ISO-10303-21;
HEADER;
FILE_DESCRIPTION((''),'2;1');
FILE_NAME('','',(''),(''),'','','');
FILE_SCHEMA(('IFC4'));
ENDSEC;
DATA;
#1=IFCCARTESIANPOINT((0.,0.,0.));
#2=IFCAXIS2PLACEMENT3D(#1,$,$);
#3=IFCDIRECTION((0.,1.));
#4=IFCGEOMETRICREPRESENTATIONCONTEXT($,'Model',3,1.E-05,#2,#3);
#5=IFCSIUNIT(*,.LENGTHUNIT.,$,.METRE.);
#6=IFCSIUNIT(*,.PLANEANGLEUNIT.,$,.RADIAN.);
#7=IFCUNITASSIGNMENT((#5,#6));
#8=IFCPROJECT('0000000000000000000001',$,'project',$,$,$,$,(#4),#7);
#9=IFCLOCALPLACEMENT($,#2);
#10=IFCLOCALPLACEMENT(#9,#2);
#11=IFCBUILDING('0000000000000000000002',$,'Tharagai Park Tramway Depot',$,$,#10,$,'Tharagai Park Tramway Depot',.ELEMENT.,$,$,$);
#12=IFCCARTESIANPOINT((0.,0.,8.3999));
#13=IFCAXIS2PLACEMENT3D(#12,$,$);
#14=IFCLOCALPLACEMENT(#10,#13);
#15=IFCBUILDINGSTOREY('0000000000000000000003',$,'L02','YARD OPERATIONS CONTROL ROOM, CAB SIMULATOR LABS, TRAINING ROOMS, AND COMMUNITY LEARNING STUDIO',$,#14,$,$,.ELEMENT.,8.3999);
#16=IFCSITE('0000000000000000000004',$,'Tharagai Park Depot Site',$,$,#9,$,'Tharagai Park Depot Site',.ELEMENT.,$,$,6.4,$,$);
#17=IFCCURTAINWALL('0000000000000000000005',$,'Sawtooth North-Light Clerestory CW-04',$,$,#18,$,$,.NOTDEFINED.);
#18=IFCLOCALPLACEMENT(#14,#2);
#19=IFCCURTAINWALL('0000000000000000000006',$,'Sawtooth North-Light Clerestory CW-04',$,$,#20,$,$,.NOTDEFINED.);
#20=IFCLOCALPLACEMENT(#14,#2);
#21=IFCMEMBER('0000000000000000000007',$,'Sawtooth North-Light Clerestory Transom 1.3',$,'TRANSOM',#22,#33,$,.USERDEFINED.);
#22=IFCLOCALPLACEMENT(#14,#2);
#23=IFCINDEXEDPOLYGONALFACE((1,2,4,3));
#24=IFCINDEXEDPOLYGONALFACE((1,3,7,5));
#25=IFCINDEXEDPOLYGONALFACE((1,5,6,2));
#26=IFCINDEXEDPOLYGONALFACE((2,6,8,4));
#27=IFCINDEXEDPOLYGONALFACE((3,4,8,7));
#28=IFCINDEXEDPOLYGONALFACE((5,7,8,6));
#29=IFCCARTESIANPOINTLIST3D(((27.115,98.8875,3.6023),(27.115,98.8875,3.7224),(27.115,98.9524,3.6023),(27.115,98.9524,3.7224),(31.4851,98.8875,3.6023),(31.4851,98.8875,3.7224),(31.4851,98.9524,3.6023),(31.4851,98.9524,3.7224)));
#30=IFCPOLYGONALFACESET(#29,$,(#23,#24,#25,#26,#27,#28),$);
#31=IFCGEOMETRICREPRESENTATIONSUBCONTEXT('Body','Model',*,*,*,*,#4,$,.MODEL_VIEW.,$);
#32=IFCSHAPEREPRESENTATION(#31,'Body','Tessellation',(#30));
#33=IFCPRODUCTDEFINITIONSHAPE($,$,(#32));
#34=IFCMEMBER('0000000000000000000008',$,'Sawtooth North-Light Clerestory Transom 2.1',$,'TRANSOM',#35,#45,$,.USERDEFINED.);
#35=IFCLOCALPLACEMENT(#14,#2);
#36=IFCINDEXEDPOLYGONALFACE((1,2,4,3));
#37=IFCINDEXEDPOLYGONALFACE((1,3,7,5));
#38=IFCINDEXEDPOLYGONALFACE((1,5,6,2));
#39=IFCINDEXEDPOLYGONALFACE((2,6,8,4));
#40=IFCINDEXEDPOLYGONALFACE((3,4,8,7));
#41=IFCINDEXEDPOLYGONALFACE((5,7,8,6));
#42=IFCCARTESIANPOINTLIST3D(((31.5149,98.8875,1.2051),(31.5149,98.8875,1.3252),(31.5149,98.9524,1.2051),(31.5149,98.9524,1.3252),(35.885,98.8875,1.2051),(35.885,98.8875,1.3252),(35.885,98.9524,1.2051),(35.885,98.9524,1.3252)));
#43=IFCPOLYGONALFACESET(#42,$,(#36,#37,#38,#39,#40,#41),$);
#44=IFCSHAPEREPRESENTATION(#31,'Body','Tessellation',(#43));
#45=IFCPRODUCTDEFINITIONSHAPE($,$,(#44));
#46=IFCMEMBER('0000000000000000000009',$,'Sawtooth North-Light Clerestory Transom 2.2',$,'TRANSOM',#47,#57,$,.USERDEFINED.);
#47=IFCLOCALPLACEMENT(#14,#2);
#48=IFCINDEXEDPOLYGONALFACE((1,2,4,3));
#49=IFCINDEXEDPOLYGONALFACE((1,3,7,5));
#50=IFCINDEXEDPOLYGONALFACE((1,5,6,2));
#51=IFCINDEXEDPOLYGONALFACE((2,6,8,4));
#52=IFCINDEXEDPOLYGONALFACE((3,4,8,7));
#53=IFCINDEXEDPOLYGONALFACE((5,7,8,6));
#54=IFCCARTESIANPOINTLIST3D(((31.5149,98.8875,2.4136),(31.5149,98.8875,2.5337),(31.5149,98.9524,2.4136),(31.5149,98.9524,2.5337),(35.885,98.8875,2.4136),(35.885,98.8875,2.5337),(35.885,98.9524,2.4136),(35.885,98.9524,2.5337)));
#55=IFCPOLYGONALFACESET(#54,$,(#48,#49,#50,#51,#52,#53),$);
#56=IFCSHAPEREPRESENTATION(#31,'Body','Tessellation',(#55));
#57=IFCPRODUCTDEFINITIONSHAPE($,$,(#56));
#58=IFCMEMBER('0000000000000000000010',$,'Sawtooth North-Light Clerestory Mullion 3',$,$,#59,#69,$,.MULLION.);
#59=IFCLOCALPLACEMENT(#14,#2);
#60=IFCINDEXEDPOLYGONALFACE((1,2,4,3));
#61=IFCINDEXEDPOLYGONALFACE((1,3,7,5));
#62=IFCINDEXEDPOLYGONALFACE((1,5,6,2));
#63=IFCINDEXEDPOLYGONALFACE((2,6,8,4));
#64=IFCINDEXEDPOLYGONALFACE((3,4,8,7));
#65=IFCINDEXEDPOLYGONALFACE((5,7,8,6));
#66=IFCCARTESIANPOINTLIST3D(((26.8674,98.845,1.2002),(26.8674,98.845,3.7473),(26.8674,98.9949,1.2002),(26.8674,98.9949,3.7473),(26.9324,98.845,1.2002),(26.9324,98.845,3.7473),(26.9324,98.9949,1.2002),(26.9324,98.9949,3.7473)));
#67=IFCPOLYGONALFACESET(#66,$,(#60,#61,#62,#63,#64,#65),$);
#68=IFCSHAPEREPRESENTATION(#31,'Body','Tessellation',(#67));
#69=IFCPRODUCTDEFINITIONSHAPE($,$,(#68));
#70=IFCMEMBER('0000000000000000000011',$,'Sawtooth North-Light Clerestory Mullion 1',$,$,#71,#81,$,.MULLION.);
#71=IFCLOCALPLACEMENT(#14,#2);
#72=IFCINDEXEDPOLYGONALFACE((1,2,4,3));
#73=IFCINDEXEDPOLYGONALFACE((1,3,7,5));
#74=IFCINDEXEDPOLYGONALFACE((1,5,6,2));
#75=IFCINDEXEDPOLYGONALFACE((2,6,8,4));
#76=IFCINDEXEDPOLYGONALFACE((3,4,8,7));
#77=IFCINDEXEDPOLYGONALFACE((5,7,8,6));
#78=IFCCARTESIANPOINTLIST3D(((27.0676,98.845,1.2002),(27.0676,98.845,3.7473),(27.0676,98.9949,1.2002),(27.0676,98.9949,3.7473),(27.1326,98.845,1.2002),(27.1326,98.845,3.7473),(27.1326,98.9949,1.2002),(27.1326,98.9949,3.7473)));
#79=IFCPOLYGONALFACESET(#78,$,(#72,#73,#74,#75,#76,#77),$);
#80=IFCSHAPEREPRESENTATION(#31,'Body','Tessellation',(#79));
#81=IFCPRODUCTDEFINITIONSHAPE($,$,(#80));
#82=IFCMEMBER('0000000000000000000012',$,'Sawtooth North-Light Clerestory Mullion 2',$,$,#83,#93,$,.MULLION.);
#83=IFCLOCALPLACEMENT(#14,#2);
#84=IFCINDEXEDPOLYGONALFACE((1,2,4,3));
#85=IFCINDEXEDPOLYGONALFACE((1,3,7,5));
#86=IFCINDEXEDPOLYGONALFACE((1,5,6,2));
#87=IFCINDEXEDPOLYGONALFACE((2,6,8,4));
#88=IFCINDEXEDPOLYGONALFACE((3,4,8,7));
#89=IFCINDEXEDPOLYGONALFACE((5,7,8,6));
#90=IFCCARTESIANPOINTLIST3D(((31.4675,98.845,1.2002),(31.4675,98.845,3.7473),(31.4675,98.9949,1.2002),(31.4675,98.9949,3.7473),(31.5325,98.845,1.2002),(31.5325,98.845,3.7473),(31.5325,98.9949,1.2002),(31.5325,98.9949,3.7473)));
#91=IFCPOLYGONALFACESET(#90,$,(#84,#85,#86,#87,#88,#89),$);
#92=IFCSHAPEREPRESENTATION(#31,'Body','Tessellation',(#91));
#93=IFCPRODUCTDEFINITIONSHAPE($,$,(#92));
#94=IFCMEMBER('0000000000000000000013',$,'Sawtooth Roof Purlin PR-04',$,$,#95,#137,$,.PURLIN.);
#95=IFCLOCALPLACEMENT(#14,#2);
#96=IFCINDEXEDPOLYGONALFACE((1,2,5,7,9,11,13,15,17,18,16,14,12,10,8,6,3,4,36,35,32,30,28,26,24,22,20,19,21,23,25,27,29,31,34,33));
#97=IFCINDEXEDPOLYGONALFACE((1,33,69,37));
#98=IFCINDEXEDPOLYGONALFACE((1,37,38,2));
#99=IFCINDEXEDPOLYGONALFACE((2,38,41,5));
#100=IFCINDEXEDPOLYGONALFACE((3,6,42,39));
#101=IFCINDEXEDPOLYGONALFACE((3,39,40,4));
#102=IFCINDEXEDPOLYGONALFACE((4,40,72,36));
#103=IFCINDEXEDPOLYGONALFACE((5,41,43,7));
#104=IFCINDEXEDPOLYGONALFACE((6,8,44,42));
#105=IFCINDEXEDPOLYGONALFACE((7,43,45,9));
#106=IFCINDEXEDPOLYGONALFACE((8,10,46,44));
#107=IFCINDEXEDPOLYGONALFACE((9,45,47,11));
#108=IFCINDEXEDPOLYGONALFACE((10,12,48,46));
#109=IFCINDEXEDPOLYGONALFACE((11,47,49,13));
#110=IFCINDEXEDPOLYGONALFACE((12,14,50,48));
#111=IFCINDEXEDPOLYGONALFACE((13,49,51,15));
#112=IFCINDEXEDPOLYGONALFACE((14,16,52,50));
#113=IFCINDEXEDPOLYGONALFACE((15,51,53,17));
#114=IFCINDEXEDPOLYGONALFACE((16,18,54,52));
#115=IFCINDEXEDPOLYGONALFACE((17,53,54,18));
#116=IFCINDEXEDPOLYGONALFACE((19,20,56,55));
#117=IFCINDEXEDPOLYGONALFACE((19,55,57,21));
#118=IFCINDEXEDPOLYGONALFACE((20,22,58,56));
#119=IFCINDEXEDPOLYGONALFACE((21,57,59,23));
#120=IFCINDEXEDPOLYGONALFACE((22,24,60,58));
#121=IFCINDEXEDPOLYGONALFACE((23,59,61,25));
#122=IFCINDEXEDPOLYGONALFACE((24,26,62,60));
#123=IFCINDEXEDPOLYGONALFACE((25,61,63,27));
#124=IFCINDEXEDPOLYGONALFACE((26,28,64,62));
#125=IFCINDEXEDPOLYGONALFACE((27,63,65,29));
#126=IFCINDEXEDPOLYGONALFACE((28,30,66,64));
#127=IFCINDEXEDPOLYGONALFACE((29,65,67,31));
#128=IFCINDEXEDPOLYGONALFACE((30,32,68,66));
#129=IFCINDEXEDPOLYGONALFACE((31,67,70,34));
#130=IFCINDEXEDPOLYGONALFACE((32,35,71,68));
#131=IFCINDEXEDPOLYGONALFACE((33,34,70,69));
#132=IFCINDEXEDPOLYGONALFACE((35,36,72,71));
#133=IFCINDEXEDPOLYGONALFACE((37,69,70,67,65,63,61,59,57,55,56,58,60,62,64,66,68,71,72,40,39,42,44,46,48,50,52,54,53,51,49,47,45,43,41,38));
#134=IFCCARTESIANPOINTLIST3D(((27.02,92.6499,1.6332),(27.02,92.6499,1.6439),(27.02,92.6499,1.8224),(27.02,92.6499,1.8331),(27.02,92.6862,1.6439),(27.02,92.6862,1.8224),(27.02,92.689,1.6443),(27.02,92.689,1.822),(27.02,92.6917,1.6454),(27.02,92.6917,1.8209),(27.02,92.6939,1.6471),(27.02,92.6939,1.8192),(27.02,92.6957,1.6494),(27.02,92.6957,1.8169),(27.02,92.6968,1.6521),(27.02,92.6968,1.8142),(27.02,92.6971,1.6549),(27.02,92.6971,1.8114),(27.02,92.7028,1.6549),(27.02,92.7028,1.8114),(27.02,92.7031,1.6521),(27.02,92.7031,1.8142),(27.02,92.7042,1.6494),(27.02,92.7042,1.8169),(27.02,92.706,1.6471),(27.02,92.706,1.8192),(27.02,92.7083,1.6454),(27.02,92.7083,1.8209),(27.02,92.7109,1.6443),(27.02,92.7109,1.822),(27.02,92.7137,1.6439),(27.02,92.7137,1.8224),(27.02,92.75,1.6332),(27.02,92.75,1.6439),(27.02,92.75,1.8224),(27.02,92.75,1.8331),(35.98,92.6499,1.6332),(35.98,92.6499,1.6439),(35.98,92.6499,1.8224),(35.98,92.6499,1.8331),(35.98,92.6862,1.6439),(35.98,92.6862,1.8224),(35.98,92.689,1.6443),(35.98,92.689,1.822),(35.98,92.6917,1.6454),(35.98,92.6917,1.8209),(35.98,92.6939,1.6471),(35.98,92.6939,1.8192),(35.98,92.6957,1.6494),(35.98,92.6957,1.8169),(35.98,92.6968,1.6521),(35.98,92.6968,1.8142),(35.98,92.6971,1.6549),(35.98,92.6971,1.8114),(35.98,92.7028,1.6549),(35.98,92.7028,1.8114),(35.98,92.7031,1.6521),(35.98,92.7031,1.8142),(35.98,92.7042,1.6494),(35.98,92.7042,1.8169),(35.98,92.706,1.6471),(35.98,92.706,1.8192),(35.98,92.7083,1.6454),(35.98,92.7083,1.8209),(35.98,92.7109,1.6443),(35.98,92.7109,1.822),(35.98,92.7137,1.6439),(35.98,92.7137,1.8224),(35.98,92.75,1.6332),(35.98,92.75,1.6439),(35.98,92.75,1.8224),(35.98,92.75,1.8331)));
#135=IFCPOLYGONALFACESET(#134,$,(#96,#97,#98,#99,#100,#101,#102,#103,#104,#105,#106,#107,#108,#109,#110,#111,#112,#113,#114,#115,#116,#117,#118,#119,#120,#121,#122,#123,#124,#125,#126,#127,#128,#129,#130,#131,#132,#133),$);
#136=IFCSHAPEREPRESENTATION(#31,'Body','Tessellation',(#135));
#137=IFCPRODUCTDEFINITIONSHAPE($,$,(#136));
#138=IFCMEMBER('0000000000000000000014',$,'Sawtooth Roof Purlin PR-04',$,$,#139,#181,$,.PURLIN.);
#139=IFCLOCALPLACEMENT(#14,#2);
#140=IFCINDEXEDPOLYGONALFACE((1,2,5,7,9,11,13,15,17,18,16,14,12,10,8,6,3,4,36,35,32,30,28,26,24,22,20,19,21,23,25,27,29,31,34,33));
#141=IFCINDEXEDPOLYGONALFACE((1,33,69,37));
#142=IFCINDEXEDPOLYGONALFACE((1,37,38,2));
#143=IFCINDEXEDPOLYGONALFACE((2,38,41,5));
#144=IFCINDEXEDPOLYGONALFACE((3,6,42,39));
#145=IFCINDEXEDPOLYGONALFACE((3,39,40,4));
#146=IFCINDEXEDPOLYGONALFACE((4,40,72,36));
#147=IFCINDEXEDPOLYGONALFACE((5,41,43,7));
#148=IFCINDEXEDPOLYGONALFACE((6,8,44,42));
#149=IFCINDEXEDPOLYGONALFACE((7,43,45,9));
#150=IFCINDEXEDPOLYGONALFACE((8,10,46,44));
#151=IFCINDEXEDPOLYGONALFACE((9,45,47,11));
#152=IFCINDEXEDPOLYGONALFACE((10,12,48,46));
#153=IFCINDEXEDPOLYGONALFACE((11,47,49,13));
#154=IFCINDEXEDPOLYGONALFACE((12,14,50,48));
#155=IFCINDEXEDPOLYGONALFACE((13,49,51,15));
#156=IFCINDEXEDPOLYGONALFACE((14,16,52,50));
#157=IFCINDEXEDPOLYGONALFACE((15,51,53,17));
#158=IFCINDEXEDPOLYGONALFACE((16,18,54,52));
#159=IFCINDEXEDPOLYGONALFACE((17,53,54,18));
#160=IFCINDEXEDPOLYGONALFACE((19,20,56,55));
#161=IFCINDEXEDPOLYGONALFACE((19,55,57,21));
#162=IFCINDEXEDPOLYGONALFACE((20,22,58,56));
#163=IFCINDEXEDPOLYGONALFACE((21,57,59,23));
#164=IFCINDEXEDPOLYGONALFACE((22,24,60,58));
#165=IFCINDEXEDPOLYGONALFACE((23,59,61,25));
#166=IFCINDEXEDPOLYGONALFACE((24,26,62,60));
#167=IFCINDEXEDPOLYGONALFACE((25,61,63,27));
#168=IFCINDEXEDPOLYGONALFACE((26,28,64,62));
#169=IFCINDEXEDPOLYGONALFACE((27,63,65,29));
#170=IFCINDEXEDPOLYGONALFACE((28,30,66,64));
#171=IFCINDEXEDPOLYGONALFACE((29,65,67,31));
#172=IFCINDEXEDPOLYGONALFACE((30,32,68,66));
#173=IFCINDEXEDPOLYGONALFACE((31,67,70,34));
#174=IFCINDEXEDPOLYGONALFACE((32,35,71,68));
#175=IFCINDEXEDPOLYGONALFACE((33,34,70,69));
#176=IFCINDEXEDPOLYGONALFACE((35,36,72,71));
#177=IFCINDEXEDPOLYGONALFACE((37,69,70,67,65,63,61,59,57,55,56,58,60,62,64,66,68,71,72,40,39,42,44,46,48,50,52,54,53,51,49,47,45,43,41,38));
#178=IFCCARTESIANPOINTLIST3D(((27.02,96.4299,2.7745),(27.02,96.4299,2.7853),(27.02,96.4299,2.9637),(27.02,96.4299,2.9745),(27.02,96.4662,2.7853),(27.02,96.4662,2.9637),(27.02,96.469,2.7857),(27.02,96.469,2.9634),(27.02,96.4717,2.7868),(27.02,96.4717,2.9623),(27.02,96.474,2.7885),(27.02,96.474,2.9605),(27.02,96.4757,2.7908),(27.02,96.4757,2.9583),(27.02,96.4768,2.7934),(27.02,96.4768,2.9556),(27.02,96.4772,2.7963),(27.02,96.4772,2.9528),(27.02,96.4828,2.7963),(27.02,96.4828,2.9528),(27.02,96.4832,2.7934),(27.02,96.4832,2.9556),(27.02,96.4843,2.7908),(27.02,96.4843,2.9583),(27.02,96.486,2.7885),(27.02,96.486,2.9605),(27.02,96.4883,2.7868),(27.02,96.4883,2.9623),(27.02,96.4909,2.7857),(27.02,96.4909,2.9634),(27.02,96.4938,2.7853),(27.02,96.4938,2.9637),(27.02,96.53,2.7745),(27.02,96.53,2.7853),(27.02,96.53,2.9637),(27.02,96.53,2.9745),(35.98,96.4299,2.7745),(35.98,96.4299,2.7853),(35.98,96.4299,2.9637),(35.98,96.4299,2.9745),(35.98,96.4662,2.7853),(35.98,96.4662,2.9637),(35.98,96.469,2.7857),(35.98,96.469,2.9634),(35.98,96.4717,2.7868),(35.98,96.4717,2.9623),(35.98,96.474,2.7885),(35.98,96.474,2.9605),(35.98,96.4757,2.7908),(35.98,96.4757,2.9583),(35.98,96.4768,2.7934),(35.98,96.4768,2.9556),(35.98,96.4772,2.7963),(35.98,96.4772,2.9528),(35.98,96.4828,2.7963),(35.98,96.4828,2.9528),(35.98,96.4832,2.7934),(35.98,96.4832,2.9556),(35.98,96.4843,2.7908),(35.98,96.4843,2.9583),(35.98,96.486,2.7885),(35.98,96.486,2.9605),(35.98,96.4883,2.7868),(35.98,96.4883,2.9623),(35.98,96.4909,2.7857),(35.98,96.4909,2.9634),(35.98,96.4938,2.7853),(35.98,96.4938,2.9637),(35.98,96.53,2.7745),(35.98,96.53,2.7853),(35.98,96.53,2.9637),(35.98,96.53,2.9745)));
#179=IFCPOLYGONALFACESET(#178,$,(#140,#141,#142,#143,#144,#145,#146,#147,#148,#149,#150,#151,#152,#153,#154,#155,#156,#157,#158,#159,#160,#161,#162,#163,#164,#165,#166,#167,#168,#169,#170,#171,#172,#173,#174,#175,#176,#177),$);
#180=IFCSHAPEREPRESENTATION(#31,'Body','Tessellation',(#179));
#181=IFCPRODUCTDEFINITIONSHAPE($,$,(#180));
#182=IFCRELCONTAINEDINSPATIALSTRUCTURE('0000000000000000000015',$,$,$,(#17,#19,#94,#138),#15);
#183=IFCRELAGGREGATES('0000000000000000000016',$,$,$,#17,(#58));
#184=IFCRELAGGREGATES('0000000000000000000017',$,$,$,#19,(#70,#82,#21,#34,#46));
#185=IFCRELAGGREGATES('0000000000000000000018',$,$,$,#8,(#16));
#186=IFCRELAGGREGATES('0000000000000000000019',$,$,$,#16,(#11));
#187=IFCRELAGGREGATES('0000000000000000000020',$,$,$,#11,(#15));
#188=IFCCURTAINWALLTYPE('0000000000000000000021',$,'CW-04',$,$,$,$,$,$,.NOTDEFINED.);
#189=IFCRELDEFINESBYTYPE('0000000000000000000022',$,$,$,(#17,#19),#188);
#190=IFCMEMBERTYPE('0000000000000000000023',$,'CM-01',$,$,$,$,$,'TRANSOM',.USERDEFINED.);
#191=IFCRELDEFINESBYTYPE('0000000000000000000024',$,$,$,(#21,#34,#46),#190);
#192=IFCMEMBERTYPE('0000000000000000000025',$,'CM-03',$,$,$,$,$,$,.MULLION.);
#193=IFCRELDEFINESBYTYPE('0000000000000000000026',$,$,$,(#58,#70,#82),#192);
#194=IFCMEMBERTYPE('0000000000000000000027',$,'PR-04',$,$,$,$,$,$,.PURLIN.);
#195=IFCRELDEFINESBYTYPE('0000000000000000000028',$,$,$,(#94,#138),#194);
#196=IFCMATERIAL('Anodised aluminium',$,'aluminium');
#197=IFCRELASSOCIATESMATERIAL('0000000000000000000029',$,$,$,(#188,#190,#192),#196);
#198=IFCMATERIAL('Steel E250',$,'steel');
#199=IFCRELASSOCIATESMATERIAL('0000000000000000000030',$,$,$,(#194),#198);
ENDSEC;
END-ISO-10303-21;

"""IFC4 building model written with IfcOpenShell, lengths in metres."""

from ifc_helpers import new_model, si_unit, direction, frame, origin, origin_2d, place, context, subcontext, project, spatial, rectangle, i_section, extrude, material, material_profile, profile_set, type_object, element, aggregate, save


model = new_model("IFC4")

# Units and contexts
model_context = context("Model", 3, precision=1e-05, world=origin(), true_north=direction((0.0, 1.0)))
body_context = subcontext(model_context, "Body", "Model", "MODEL_VIEW")
ifc_project = project(units=[si_unit("LENGTHUNIT", "METRE"), si_unit("PLANEANGLEUNIT", "RADIAN")], contexts=[model_context])

# Site, building, storey
site_placement = place(None, origin())
site = spatial("IfcSite", under=ifc_project, at=site_placement, Name="Tharagai Park Depot Site", LongName="Tharagai Park Depot Site", CompositionType="ELEMENT", RefElevation=6.4)
building_placement = place(site_placement, origin())
building = spatial("IfcBuilding", under=site, at=building_placement, Name="Tharagai Park Tramway Depot", LongName="Tharagai Park Tramway Depot", CompositionType="ELEMENT")
storey_placement = place(building_placement, frame((0.0, 0.0, 8.3999)))
storey = spatial("IfcBuildingStorey", under=building, at=storey_placement, Name="L02", Description="YARD OPERATIONS CONTROL ROOM, CAB SIMULATOR LABS, TRAINING ROOMS, AND COMMUNITY LEARNING STUDIO", CompositionType="ELEMENT", Elevation=8.3999)

# Curtain wall
ifc_material_1 = material(Name="Anodised aluminium", Category="aluminium")
curtain_wall_type = type_object("IfcCurtainWallType", Name="CW-04", PredefinedType="NOTDEFINED", material=ifc_material_1)
curtain_wall_1_placement = place(storey_placement, origin())
curtain_wall_1 = element("IfcCurtainWall", 1, at=curtain_wall_1_placement, inside=storey, type_object=curtain_wall_type, Name="Sawtooth North-Light Clerestory CW-04", PredefinedType="NOTDEFINED")
ifc_material_profile_1 = material_profile(ifc_material_1, rectangle(XDim=0.0649, YDim=0.1201, at=origin_2d()), Name="ALU 65x120")
ifc_profile_set_1 = profile_set([ifc_material_profile_1], Name="Anodised aluminium")
member_type_1 = type_object("IfcMemberType", Name="CM-01", ElementType="TRANSOM", PredefinedType="USERDEFINED", material=ifc_profile_set_1)

# Curtain wall, members
curtain_wall_2_placement = place(storey_placement, origin())
curtain_wall_2 = element("IfcCurtainWall", 2, at=curtain_wall_2_placement, inside=storey, type_object=curtain_wall_type, Name="Sawtooth North-Light Clerestory CW-04", PredefinedType="NOTDEFINED")
member_1_placement = place(storey_placement, frame((27.115, 98.9199, 3.6624), z_axis=(1.0, 0.0, 0.0), x_axis=(0.0, 1.0, 0.0)))
member_1 = element("IfcMember", 3, at=member_1_placement, type_object=member_type_1, Name="Sawtooth North-Light Clerestory Transom 1.3", ObjectType="TRANSOM", PredefinedType="USERDEFINED", context=body_context, shape_type="SweptSolid", body=[
    extrude(rectangle(XDim=0.0649, YDim=0.1201, at=origin_2d()), origin(), (0.0, 0.0, 1.0), 4.3701),
])
member_2_placement = place(storey_placement, frame((31.5149, 98.9199, 1.2651), z_axis=(1.0, 0.0, 0.0), x_axis=(0.0, 1.0, 0.0)))
member_2 = element("IfcMember", 4, at=member_2_placement, type_object=member_type_1, Name="Sawtooth North-Light Clerestory Transom 2.1", ObjectType="TRANSOM", PredefinedType="USERDEFINED", context=body_context, shape_type="SweptSolid", body=[
    extrude(rectangle(XDim=0.0649, YDim=0.1201, at=origin_2d()), origin(), (0.0, 0.0, 1.0), 4.3701),
])
member_3_placement = place(storey_placement, frame((31.5149, 98.9199, 2.4736), z_axis=(1.0, 0.0, 0.0), x_axis=(0.0, 1.0, 0.0)))
member_3 = element("IfcMember", 5, at=member_3_placement, type_object=member_type_1, Name="Sawtooth North-Light Clerestory Transom 2.2", ObjectType="TRANSOM", PredefinedType="USERDEFINED", context=body_context, shape_type="SweptSolid", body=[
    extrude(rectangle(XDim=0.0649, YDim=0.1201, at=origin_2d()), origin(), (0.0, 0.0, 1.0), 4.3701),
])

# Members
ifc_material_profile_2 = material_profile(ifc_material_1, rectangle(XDim=0.0649, YDim=0.1499, at=origin_2d()), Name="ALU 65x150")
ifc_profile_set_2 = profile_set([ifc_material_profile_2], Name="Anodised aluminium")
member_type_2 = type_object("IfcMemberType", Name="CM-03", PredefinedType="MULLION", material=ifc_profile_set_2)
member_4_placement = place(storey_placement, frame((26.8999, 98.9199, 1.2002), z_axis=(0.0, 0.0, 1.0), x_axis=(1.0, 0.0, 0.0)))
member_4 = element("IfcMember", 6, at=member_4_placement, type_object=member_type_2, Name="Sawtooth North-Light Clerestory Mullion 3", PredefinedType="MULLION", context=body_context, shape_type="SweptSolid", body=[
    extrude(rectangle(XDim=0.0649, YDim=0.1499, at=origin_2d()), origin(), (0.0, 0.0, 1.0), 2.5471),
])
member_5_placement = place(storey_placement, frame((27.1001, 98.9199, 1.2002), z_axis=(0.0, 0.0, 1.0), x_axis=(1.0, 0.0, 0.0)))
member_5 = element("IfcMember", 7, at=member_5_placement, type_object=member_type_2, Name="Sawtooth North-Light Clerestory Mullion 1", PredefinedType="MULLION", context=body_context, shape_type="SweptSolid", body=[
    extrude(rectangle(XDim=0.0649, YDim=0.1499, at=origin_2d()), origin(), (0.0, 0.0, 1.0), 2.5471),
])
member_6_placement = place(storey_placement, frame((31.5, 98.9199, 1.2002), z_axis=(0.0, 0.0, 1.0), x_axis=(1.0, 0.0, 0.0)))
member_6 = element("IfcMember", 8, at=member_6_placement, type_object=member_type_2, Name="Sawtooth North-Light Clerestory Mullion 2", PredefinedType="MULLION", context=body_context, shape_type="SweptSolid", body=[
    extrude(rectangle(XDim=0.0649, YDim=0.1499, at=origin_2d()), origin(), (0.0, 0.0, 1.0), 2.5471),
])

# Members
ifc_material_2 = material(Name="Steel E250", Category="steel")
ifc_material_profile_3 = material_profile(ifc_material_2, i_section(OverallWidth=0.1001, OverallDepth=0.2, WebThickness=0.0056, FlangeThickness=0.0107, FilletRadius=0.011, at=origin_2d()), Name="ISMB 200")
ifc_profile_set_3 = profile_set([ifc_material_profile_3], Name="Steel E250")
member_type_3 = type_object("IfcMemberType", Name="PR-04", PredefinedType="PURLIN", material=ifc_profile_set_3)
for number, where, z_axis, x_axis, name in (
    (9, (27.02, 92.7, 1.7332), (1.0, 0.0, 0.0), (0.0, 1.0, 0.0), "Sawtooth Roof Purlin PR-04"),
    (10, (27.02, 96.48, 2.8745), (1.0, 0.0, 0.0), (0.0, 1.0, 0.0), "Sawtooth Roof Purlin PR-04"),
):
    element("IfcMember", number, at=place(storey_placement, frame(where, z_axis=z_axis, x_axis=x_axis)), inside=storey, type_object=member_type_3, Name=name, PredefinedType="PURLIN", context=body_context, shape_type="SweptSolid", body=[
        extrude(i_section(OverallWidth=0.1001, OverallDepth=0.2, WebThickness=0.0056, FlangeThickness=0.0107, FilletRadius=0.011, at=origin_2d()), origin(), (0.0, 0.0, 1.0), 8.96),
    ])

aggregate(curtain_wall_1, [member_4])
aggregate(curtain_wall_2, [member_5, member_6, member_1, member_2, member_3])

save(model, "model.ifc")
